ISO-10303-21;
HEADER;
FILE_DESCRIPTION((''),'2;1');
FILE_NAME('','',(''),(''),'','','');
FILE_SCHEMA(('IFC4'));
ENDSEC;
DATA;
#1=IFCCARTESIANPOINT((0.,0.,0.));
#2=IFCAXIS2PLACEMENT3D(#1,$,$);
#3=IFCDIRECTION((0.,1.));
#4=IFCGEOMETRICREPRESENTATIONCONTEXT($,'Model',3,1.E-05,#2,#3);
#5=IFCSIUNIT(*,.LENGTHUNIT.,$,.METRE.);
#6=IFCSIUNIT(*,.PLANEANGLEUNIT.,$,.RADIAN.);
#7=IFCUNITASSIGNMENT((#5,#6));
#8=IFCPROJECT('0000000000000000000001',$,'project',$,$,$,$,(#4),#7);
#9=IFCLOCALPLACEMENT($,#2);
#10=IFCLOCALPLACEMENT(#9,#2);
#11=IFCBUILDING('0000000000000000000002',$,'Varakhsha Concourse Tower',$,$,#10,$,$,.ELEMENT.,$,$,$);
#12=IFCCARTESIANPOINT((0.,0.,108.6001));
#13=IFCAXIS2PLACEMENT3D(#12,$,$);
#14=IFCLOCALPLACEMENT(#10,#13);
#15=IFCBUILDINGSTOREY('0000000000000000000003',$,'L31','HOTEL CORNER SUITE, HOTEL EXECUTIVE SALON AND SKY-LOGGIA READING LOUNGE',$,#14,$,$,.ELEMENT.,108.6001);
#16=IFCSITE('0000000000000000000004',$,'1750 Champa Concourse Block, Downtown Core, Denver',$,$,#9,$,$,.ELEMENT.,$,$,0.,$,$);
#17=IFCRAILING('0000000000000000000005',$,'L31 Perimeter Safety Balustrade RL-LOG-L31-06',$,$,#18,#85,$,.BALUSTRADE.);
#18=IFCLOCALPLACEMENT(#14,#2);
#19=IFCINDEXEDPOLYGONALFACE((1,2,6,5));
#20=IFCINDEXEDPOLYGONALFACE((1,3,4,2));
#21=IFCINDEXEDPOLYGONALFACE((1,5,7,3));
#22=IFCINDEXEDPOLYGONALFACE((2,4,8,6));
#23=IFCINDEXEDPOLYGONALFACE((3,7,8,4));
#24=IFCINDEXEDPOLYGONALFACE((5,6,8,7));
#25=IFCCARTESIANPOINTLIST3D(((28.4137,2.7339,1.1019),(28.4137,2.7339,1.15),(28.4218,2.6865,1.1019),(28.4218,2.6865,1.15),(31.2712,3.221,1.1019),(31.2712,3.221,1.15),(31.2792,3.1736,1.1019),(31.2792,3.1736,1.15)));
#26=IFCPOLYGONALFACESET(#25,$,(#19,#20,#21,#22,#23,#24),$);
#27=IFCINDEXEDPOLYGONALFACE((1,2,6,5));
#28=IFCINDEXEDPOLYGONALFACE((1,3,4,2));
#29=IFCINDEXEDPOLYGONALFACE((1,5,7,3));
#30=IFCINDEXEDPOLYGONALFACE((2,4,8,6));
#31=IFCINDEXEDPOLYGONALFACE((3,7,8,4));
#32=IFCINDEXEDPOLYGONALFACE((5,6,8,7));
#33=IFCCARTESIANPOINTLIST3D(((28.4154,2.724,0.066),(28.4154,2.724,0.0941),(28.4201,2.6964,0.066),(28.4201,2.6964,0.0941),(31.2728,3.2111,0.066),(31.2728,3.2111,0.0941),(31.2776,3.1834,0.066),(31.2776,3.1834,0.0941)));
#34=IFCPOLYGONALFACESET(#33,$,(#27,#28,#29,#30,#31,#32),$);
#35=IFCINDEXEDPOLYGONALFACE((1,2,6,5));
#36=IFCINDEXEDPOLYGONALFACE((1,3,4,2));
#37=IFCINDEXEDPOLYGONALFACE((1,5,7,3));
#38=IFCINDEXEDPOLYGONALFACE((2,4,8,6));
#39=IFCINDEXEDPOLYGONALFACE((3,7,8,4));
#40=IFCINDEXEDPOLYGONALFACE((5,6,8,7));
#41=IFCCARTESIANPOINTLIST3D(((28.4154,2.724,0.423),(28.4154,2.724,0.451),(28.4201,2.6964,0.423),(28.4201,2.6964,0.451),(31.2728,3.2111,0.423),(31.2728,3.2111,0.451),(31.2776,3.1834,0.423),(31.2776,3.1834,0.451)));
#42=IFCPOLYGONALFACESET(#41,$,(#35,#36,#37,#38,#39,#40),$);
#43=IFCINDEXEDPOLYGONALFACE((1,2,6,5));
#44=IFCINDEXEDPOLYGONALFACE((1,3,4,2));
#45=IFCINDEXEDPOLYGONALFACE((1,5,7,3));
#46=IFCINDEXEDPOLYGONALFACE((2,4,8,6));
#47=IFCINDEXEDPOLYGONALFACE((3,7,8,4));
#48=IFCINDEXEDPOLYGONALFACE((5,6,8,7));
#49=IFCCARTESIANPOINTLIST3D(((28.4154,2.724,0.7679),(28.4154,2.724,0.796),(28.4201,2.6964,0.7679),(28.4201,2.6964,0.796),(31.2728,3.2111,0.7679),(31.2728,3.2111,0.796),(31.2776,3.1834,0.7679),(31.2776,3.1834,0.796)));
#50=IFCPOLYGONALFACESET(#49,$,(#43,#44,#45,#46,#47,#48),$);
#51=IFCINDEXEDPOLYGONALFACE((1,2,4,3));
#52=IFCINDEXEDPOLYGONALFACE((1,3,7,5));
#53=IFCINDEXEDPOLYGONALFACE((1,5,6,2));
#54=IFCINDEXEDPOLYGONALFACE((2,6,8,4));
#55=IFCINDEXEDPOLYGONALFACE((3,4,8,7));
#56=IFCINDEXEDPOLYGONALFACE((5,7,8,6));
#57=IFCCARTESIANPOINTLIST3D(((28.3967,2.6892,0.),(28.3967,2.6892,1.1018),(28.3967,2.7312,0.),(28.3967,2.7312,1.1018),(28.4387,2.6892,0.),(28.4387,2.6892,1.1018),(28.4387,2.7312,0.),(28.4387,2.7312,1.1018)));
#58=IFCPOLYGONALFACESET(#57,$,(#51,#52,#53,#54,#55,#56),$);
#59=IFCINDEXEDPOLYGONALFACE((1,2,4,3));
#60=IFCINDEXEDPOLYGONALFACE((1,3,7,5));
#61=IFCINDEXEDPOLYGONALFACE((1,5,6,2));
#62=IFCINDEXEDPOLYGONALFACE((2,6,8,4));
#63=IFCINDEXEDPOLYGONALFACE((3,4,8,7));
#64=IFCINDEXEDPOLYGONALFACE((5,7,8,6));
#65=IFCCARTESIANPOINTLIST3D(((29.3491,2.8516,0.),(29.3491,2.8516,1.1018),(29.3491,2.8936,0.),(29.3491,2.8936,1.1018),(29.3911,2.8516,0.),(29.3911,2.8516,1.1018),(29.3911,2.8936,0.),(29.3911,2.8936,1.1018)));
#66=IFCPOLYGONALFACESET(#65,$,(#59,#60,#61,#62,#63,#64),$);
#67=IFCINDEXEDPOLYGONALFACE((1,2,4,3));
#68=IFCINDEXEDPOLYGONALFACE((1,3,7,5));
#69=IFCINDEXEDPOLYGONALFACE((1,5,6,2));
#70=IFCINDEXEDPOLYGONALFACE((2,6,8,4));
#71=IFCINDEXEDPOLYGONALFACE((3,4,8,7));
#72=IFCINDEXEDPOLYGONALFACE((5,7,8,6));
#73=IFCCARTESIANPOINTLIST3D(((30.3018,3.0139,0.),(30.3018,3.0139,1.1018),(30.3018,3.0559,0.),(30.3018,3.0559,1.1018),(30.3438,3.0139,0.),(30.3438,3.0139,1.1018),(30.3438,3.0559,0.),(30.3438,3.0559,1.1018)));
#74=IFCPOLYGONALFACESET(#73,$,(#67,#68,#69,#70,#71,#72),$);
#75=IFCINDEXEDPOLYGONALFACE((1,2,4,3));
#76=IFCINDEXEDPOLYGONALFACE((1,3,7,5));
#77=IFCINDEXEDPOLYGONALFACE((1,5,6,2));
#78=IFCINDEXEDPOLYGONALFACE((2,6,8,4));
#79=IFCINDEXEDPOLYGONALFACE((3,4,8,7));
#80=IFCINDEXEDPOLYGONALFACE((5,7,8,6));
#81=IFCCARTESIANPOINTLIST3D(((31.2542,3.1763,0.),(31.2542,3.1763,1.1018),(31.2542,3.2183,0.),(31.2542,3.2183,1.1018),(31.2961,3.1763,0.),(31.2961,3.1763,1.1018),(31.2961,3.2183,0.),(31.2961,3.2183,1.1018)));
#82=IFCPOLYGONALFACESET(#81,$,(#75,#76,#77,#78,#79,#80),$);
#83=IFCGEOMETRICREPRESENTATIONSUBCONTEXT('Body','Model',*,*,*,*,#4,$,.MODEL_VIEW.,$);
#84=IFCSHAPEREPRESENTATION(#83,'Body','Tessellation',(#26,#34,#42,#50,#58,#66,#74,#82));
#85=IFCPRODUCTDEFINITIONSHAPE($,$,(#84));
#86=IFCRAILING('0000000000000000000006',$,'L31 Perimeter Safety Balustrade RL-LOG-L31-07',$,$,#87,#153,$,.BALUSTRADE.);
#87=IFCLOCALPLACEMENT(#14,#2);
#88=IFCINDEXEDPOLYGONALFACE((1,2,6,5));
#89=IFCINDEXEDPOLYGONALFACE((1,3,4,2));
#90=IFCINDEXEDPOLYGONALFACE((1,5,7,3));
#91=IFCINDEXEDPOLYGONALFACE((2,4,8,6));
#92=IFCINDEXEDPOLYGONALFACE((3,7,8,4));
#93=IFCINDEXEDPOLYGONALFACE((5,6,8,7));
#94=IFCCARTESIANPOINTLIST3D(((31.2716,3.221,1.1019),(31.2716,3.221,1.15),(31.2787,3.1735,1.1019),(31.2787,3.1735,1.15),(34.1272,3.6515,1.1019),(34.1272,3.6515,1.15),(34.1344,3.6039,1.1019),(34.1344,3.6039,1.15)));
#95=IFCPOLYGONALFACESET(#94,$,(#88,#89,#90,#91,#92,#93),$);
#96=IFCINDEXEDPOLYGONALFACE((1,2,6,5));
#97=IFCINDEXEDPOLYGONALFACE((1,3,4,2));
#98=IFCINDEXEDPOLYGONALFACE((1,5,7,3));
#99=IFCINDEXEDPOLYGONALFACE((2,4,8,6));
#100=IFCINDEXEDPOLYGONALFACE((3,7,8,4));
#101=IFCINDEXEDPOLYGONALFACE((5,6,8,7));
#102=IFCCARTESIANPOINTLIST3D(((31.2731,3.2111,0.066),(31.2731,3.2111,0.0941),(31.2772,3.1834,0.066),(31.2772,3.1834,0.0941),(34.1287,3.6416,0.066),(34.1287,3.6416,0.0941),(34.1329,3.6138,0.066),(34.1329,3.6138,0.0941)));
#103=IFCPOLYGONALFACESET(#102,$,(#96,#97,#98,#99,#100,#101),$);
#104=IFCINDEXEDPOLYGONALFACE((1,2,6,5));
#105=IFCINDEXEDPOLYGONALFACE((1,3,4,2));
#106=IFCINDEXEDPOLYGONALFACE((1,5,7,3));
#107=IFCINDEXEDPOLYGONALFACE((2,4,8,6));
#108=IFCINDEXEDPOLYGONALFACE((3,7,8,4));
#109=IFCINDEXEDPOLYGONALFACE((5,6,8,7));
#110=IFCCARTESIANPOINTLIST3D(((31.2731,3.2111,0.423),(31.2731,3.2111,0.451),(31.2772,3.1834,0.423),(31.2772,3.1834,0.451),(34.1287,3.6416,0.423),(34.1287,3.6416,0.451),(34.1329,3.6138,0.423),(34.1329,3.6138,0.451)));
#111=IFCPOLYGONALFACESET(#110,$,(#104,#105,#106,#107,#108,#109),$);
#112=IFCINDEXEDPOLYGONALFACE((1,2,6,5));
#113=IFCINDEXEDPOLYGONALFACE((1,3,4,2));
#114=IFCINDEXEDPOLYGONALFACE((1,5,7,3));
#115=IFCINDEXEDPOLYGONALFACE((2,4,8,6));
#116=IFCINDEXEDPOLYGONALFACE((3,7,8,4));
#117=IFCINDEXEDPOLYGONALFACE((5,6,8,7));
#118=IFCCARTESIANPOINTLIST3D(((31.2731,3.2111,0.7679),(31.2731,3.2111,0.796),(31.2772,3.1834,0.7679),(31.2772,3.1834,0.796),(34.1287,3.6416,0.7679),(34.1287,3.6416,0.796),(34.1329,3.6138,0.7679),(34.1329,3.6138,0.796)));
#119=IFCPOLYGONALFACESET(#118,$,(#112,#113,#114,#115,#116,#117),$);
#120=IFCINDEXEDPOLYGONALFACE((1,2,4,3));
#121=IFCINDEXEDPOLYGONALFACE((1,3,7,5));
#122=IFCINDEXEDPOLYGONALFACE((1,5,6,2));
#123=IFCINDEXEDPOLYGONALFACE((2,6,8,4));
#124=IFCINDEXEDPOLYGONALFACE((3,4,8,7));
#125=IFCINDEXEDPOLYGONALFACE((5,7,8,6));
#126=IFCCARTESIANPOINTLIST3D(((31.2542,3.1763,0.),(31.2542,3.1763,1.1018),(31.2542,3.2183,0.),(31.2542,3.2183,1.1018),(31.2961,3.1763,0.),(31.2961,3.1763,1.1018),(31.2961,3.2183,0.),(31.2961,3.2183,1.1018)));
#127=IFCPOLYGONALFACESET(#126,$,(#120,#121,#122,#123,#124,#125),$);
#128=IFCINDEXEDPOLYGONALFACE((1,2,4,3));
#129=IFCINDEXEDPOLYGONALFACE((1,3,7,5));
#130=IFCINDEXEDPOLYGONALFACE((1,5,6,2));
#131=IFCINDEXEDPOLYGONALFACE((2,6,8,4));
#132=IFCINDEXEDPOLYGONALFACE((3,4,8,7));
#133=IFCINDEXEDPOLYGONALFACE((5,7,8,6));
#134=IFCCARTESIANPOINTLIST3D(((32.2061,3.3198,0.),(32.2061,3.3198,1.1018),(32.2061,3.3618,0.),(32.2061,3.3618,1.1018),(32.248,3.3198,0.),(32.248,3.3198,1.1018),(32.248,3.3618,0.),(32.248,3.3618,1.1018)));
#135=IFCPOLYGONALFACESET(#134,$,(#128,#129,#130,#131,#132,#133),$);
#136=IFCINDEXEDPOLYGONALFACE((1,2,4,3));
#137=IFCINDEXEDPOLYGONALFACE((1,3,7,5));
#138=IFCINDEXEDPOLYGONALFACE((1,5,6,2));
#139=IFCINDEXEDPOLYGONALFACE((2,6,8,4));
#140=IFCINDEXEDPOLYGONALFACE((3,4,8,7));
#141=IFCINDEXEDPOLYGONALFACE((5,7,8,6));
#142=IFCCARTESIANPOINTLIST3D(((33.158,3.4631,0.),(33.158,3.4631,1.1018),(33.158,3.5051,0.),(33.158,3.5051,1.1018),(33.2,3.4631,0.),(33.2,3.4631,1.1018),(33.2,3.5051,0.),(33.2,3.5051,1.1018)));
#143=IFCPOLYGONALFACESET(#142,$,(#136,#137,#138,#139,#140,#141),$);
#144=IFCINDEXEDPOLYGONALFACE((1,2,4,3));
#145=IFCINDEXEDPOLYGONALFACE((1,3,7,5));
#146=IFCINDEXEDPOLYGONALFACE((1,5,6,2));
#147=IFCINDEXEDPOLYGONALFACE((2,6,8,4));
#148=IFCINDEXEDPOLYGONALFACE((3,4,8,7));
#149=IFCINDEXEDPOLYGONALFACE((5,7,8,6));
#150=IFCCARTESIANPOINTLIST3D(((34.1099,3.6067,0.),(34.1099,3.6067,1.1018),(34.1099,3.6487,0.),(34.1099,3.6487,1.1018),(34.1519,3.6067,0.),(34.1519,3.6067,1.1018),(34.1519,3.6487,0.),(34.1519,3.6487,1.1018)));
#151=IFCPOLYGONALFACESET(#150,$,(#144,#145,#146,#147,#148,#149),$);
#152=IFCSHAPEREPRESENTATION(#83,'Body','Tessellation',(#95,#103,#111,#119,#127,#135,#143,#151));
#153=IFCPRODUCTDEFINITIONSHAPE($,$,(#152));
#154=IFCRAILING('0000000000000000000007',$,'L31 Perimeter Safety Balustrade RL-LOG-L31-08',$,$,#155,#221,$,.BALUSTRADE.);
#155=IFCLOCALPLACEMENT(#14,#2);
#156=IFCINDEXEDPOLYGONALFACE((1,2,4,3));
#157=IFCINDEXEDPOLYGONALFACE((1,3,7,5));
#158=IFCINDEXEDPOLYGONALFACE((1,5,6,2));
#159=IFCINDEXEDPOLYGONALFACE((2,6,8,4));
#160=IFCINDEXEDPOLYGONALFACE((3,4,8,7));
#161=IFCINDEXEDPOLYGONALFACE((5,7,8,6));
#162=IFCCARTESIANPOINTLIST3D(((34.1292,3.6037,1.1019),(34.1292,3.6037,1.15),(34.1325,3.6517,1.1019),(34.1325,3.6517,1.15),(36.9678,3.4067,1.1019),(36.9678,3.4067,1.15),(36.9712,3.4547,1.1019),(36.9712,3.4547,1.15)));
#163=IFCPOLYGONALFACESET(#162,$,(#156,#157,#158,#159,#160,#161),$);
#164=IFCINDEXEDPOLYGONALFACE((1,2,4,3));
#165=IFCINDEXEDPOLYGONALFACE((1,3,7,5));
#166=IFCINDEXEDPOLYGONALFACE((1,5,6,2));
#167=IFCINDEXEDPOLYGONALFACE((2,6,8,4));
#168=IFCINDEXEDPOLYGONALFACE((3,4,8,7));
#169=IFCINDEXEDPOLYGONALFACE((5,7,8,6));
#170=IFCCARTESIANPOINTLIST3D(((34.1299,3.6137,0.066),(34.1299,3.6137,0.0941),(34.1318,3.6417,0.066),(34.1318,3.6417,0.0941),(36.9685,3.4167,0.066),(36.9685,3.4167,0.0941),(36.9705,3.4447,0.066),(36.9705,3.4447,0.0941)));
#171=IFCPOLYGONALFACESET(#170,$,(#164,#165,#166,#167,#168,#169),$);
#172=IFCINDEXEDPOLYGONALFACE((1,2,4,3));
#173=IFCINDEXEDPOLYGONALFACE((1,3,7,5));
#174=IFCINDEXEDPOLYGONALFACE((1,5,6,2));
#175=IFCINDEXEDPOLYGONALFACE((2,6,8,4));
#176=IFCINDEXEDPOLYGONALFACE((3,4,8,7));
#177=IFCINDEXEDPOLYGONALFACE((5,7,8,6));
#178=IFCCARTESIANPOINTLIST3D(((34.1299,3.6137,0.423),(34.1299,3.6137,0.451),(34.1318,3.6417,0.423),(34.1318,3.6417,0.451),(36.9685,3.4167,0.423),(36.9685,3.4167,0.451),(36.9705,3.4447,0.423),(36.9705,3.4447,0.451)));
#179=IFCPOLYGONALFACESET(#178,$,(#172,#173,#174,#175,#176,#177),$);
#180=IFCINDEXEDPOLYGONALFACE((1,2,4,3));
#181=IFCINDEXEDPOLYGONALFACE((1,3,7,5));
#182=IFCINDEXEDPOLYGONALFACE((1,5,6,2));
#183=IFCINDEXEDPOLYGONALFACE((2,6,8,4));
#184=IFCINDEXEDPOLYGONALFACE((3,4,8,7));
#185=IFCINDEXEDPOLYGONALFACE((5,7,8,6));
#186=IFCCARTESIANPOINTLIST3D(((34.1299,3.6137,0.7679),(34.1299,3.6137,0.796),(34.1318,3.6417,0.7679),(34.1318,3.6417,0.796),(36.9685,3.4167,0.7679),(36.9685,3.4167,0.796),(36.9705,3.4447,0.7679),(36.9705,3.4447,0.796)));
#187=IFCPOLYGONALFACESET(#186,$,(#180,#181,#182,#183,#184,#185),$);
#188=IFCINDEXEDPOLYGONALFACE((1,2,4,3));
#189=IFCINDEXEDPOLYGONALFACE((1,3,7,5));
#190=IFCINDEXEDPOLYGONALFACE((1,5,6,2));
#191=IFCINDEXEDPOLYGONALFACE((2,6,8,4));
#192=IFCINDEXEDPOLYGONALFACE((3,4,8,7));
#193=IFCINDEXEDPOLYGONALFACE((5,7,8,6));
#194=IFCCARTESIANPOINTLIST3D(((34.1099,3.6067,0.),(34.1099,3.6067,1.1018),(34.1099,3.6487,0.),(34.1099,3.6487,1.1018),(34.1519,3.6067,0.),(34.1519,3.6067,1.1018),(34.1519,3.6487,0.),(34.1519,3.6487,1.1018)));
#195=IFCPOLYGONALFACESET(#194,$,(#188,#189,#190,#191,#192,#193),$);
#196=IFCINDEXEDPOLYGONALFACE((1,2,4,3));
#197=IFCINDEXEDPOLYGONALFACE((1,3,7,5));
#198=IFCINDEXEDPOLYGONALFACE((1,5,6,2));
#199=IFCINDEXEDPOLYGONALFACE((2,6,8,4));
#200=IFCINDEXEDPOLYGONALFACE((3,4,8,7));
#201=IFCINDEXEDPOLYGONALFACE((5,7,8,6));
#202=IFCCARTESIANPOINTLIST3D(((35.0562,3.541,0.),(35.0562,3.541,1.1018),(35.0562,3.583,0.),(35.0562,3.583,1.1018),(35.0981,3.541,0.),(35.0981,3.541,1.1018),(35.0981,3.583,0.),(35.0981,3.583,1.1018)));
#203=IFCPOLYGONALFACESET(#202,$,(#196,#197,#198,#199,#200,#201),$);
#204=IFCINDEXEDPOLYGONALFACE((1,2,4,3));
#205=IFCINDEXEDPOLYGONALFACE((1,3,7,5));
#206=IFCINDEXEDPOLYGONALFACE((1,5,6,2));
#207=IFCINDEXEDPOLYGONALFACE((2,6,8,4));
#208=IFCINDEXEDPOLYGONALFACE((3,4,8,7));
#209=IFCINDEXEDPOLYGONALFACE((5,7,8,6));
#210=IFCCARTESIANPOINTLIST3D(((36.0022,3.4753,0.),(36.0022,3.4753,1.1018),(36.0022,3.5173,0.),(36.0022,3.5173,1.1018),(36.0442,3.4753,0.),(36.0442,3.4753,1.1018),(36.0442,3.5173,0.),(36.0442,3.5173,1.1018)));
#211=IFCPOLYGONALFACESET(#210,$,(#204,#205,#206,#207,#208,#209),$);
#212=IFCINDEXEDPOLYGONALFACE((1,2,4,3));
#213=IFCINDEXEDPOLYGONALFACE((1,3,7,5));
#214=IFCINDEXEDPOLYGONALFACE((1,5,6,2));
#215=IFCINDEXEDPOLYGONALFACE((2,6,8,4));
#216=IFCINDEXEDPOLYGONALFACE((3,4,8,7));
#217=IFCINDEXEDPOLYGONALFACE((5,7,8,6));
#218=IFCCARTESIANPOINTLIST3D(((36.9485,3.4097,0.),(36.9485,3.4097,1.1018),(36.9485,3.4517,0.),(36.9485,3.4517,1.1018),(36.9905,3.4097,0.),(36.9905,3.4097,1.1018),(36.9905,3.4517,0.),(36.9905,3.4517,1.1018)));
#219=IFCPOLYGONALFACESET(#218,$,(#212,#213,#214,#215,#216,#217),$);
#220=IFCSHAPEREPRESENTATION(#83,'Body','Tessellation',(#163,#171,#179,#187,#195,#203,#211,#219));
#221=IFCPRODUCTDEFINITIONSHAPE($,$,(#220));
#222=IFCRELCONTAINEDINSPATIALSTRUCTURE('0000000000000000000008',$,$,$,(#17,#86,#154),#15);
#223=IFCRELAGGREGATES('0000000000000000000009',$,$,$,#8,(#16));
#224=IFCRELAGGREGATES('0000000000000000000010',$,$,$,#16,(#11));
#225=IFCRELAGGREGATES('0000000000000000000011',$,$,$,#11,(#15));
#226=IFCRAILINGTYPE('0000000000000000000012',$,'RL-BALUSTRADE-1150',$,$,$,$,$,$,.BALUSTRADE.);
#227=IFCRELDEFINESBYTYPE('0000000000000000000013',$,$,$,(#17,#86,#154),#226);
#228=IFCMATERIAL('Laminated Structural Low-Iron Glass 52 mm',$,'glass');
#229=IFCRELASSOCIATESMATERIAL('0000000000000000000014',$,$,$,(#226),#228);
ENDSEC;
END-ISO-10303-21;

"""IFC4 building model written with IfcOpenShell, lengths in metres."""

from ifc_helpers import new_model, si_unit, direction, frame, origin, origin_2d, place, context, subcontext, project, spatial, rectangle, extrude, material, type_object, element, save


model = new_model("IFC4")

# Units and contexts
model_context = context("Model", 3, precision=1e-05, world=origin(), true_north=direction((0.0, 1.0)))
body_context = subcontext(model_context, "Body", "Model", "MODEL_VIEW")
ifc_project = project(units=[si_unit("LENGTHUNIT", "METRE"), si_unit("PLANEANGLEUNIT", "RADIAN")], contexts=[model_context])

# Site, building, storey
site_placement = place(None, origin())
site = spatial("IfcSite", under=ifc_project, at=site_placement, Name="1750 Champa Concourse Block, Downtown Core, Denver", CompositionType="ELEMENT", RefElevation=0.0)
building_placement = place(site_placement, origin())
building = spatial("IfcBuilding", under=site, at=building_placement, Name="Varakhsha Concourse Tower", CompositionType="ELEMENT")
storey_placement = place(building_placement, frame((0.0, 0.0, 108.6001)))
storey = spatial("IfcBuildingStorey", under=building, at=storey_placement, Name="L31", Description="HOTEL CORNER SUITE, HOTEL EXECUTIVE SALON AND SKY-LOGGIA READING LOUNGE", CompositionType="ELEMENT", Elevation=108.6001)

# Railings
ifc_material_1 = material(Name="Laminated Structural Low-Iron Glass 52 mm", Category="glass")
railing_type = type_object("IfcRailingType", Name="RL-BALUSTRADE-1150", PredefinedType="BALUSTRADE", material=ifc_material_1)
railing_1_placement = place(storey_placement, frame((28.4177, 2.7102, 0.0)))
element("IfcRailing", 1, at=railing_1_placement, inside=storey, type_object=railing_type, Name="L31 Perimeter Safety Balustrade RL-LOG-L31-06", PredefinedType="BALUSTRADE", context=body_context, shape_type="SweptSolid", body=[
    extrude(rectangle(XDim=0.0481, YDim=0.0481, at=origin_2d()), frame((0.0, 0.0, 1.126), z_axis=(0.985782, 0.168031, 0.0), x_axis=(-0.168031, 0.985782, 0.0)), (0.0, 0.0, 1.0), 2.8987),
    extrude(rectangle(XDim=0.0281, YDim=0.0281, at=origin_2d()), frame((0.0, 0.0, 0.0801), z_axis=(0.985782, 0.168031, 0.0), x_axis=(-0.168031, 0.985782, 0.0)), (0.0, 0.0, 1.0), 2.8987),
    extrude(rectangle(XDim=0.0281, YDim=0.0281, at=origin_2d()), frame((0.0, 0.0, 0.437), z_axis=(0.985782, 0.168031, 0.0), x_axis=(-0.168031, 0.985782, 0.0)), (0.0, 0.0, 1.0), 2.8987),
    extrude(rectangle(XDim=0.0281, YDim=0.0281, at=origin_2d()), frame((0.0, 0.0, 0.782), z_axis=(0.985782, 0.168031, 0.0), x_axis=(-0.168031, 0.985782, 0.0)), (0.0, 0.0, 1.0), 2.8987),
    extrude(rectangle(XDim=0.042, YDim=0.042, at=origin_2d()), origin(), (0.0, 0.0, 1.0), 1.1018),
    extrude(rectangle(XDim=0.042, YDim=0.042, at=origin_2d()), frame((0.9524, 0.1624, 0.0)), (0.0, 0.0, 1.0), 1.1018),
    extrude(rectangle(XDim=0.042, YDim=0.042, at=origin_2d()), frame((1.905, 0.3247, 0.0)), (0.0, 0.0, 1.0), 1.1018),
    extrude(rectangle(XDim=0.042, YDim=0.042, at=origin_2d()), frame((2.8574, 0.4871, 0.0)), (0.0, 0.0, 1.0), 1.1018),
])
railing_2_placement = place(storey_placement, frame((31.2751, 3.1973, 0.0)))
element("IfcRailing", 2, at=railing_2_placement, inside=storey, type_object=railing_type, Name="L31 Perimeter Safety Balustrade RL-LOG-L31-07", PredefinedType="BALUSTRADE", context=body_context, shape_type="SweptSolid", body=[
    extrude(rectangle(XDim=0.0481, YDim=0.0481, at=origin_2d()), frame((0.0, 0.0, 1.126), z_axis=(0.988831, 0.149039, 0.0), x_axis=(-0.149039, 0.988831, 0.0)), (0.0, 0.0, 1.0), 2.8879),
    extrude(rectangle(XDim=0.0281, YDim=0.0281, at=origin_2d()), frame((0.0, 0.0, 0.0801), z_axis=(0.988831, 0.149039, 0.0), x_axis=(-0.149039, 0.988831, 0.0)), (0.0, 0.0, 1.0), 2.8879),
    extrude(rectangle(XDim=0.0281, YDim=0.0281, at=origin_2d()), frame((0.0, 0.0, 0.437), z_axis=(0.988831, 0.149039, 0.0), x_axis=(-0.149039, 0.988831, 0.0)), (0.0, 0.0, 1.0), 2.8879),
    extrude(rectangle(XDim=0.0281, YDim=0.0281, at=origin_2d()), frame((0.0, 0.0, 0.782), z_axis=(0.988831, 0.149039, 0.0), x_axis=(-0.149039, 0.988831, 0.0)), (0.0, 0.0, 1.0), 2.8879),
    extrude(rectangle(XDim=0.042, YDim=0.042, at=origin_2d()), origin(), (0.0, 0.0, 1.0), 1.1018),
    extrude(rectangle(XDim=0.042, YDim=0.042, at=origin_2d()), frame((0.9519, 0.1436, 0.0)), (0.0, 0.0, 1.0), 1.1018),
    extrude(rectangle(XDim=0.042, YDim=0.042, at=origin_2d()), frame((1.9038, 0.2869, 0.0)), (0.0, 0.0, 1.0), 1.1018),
    extrude(rectangle(XDim=0.042, YDim=0.042, at=origin_2d()), frame((2.8557, 0.4304, 0.0)), (0.0, 0.0, 1.0), 1.1018),
])
railing_3_placement = place(storey_placement, frame((34.1309, 3.6277, 0.0)))
element("IfcRailing", 3, at=railing_3_placement, inside=storey, type_object=railing_type, Name="L31 Perimeter Safety Balustrade RL-LOG-L31-08", PredefinedType="BALUSTRADE", context=body_context, shape_type="SweptSolid", body=[
    extrude(rectangle(XDim=0.0481, YDim=0.0481, at=origin_2d()), frame((0.0, 0.0, 1.126), z_axis=(0.9976, -0.069241, 0.0), x_axis=(0.069241, 0.9976, 0.0)), (0.0, 0.0, 1.0), 2.8455),
    extrude(rectangle(XDim=0.0281, YDim=0.0281, at=origin_2d()), frame((0.0, 0.0, 0.0801), z_axis=(0.9976, -0.069241, 0.0), x_axis=(0.069241, 0.9976, 0.0)), (0.0, 0.0, 1.0), 2.8455),
    extrude(rectangle(XDim=0.0281, YDim=0.0281, at=origin_2d()), frame((0.0, 0.0, 0.437), z_axis=(0.9976, -0.069241, 0.0), x_axis=(0.069241, 0.9976, 0.0)), (0.0, 0.0, 1.0), 2.8455),
    extrude(rectangle(XDim=0.0281, YDim=0.0281, at=origin_2d()), frame((0.0, 0.0, 0.782), z_axis=(0.9976, -0.069241, 0.0), x_axis=(0.069241, 0.9976, 0.0)), (0.0, 0.0, 1.0), 2.8455),
    extrude(rectangle(XDim=0.042, YDim=0.042, at=origin_2d()), origin(), (0.0, 0.0, 1.0), 1.1018),
    extrude(rectangle(XDim=0.042, YDim=0.042, at=origin_2d()), frame((0.9463, -0.0657, 0.0)), (0.0, 0.0, 1.0), 1.1018),
    extrude(rectangle(XDim=0.042, YDim=0.042, at=origin_2d()), frame((1.8923, -0.1313, 0.0)), (0.0, 0.0, 1.0), 1.1018),
    extrude(rectangle(XDim=0.042, YDim=0.042, at=origin_2d()), frame((2.8386, -0.197, 0.0)), (0.0, 0.0, 1.0), 1.1018),
])

save(model, "model.ifc")
